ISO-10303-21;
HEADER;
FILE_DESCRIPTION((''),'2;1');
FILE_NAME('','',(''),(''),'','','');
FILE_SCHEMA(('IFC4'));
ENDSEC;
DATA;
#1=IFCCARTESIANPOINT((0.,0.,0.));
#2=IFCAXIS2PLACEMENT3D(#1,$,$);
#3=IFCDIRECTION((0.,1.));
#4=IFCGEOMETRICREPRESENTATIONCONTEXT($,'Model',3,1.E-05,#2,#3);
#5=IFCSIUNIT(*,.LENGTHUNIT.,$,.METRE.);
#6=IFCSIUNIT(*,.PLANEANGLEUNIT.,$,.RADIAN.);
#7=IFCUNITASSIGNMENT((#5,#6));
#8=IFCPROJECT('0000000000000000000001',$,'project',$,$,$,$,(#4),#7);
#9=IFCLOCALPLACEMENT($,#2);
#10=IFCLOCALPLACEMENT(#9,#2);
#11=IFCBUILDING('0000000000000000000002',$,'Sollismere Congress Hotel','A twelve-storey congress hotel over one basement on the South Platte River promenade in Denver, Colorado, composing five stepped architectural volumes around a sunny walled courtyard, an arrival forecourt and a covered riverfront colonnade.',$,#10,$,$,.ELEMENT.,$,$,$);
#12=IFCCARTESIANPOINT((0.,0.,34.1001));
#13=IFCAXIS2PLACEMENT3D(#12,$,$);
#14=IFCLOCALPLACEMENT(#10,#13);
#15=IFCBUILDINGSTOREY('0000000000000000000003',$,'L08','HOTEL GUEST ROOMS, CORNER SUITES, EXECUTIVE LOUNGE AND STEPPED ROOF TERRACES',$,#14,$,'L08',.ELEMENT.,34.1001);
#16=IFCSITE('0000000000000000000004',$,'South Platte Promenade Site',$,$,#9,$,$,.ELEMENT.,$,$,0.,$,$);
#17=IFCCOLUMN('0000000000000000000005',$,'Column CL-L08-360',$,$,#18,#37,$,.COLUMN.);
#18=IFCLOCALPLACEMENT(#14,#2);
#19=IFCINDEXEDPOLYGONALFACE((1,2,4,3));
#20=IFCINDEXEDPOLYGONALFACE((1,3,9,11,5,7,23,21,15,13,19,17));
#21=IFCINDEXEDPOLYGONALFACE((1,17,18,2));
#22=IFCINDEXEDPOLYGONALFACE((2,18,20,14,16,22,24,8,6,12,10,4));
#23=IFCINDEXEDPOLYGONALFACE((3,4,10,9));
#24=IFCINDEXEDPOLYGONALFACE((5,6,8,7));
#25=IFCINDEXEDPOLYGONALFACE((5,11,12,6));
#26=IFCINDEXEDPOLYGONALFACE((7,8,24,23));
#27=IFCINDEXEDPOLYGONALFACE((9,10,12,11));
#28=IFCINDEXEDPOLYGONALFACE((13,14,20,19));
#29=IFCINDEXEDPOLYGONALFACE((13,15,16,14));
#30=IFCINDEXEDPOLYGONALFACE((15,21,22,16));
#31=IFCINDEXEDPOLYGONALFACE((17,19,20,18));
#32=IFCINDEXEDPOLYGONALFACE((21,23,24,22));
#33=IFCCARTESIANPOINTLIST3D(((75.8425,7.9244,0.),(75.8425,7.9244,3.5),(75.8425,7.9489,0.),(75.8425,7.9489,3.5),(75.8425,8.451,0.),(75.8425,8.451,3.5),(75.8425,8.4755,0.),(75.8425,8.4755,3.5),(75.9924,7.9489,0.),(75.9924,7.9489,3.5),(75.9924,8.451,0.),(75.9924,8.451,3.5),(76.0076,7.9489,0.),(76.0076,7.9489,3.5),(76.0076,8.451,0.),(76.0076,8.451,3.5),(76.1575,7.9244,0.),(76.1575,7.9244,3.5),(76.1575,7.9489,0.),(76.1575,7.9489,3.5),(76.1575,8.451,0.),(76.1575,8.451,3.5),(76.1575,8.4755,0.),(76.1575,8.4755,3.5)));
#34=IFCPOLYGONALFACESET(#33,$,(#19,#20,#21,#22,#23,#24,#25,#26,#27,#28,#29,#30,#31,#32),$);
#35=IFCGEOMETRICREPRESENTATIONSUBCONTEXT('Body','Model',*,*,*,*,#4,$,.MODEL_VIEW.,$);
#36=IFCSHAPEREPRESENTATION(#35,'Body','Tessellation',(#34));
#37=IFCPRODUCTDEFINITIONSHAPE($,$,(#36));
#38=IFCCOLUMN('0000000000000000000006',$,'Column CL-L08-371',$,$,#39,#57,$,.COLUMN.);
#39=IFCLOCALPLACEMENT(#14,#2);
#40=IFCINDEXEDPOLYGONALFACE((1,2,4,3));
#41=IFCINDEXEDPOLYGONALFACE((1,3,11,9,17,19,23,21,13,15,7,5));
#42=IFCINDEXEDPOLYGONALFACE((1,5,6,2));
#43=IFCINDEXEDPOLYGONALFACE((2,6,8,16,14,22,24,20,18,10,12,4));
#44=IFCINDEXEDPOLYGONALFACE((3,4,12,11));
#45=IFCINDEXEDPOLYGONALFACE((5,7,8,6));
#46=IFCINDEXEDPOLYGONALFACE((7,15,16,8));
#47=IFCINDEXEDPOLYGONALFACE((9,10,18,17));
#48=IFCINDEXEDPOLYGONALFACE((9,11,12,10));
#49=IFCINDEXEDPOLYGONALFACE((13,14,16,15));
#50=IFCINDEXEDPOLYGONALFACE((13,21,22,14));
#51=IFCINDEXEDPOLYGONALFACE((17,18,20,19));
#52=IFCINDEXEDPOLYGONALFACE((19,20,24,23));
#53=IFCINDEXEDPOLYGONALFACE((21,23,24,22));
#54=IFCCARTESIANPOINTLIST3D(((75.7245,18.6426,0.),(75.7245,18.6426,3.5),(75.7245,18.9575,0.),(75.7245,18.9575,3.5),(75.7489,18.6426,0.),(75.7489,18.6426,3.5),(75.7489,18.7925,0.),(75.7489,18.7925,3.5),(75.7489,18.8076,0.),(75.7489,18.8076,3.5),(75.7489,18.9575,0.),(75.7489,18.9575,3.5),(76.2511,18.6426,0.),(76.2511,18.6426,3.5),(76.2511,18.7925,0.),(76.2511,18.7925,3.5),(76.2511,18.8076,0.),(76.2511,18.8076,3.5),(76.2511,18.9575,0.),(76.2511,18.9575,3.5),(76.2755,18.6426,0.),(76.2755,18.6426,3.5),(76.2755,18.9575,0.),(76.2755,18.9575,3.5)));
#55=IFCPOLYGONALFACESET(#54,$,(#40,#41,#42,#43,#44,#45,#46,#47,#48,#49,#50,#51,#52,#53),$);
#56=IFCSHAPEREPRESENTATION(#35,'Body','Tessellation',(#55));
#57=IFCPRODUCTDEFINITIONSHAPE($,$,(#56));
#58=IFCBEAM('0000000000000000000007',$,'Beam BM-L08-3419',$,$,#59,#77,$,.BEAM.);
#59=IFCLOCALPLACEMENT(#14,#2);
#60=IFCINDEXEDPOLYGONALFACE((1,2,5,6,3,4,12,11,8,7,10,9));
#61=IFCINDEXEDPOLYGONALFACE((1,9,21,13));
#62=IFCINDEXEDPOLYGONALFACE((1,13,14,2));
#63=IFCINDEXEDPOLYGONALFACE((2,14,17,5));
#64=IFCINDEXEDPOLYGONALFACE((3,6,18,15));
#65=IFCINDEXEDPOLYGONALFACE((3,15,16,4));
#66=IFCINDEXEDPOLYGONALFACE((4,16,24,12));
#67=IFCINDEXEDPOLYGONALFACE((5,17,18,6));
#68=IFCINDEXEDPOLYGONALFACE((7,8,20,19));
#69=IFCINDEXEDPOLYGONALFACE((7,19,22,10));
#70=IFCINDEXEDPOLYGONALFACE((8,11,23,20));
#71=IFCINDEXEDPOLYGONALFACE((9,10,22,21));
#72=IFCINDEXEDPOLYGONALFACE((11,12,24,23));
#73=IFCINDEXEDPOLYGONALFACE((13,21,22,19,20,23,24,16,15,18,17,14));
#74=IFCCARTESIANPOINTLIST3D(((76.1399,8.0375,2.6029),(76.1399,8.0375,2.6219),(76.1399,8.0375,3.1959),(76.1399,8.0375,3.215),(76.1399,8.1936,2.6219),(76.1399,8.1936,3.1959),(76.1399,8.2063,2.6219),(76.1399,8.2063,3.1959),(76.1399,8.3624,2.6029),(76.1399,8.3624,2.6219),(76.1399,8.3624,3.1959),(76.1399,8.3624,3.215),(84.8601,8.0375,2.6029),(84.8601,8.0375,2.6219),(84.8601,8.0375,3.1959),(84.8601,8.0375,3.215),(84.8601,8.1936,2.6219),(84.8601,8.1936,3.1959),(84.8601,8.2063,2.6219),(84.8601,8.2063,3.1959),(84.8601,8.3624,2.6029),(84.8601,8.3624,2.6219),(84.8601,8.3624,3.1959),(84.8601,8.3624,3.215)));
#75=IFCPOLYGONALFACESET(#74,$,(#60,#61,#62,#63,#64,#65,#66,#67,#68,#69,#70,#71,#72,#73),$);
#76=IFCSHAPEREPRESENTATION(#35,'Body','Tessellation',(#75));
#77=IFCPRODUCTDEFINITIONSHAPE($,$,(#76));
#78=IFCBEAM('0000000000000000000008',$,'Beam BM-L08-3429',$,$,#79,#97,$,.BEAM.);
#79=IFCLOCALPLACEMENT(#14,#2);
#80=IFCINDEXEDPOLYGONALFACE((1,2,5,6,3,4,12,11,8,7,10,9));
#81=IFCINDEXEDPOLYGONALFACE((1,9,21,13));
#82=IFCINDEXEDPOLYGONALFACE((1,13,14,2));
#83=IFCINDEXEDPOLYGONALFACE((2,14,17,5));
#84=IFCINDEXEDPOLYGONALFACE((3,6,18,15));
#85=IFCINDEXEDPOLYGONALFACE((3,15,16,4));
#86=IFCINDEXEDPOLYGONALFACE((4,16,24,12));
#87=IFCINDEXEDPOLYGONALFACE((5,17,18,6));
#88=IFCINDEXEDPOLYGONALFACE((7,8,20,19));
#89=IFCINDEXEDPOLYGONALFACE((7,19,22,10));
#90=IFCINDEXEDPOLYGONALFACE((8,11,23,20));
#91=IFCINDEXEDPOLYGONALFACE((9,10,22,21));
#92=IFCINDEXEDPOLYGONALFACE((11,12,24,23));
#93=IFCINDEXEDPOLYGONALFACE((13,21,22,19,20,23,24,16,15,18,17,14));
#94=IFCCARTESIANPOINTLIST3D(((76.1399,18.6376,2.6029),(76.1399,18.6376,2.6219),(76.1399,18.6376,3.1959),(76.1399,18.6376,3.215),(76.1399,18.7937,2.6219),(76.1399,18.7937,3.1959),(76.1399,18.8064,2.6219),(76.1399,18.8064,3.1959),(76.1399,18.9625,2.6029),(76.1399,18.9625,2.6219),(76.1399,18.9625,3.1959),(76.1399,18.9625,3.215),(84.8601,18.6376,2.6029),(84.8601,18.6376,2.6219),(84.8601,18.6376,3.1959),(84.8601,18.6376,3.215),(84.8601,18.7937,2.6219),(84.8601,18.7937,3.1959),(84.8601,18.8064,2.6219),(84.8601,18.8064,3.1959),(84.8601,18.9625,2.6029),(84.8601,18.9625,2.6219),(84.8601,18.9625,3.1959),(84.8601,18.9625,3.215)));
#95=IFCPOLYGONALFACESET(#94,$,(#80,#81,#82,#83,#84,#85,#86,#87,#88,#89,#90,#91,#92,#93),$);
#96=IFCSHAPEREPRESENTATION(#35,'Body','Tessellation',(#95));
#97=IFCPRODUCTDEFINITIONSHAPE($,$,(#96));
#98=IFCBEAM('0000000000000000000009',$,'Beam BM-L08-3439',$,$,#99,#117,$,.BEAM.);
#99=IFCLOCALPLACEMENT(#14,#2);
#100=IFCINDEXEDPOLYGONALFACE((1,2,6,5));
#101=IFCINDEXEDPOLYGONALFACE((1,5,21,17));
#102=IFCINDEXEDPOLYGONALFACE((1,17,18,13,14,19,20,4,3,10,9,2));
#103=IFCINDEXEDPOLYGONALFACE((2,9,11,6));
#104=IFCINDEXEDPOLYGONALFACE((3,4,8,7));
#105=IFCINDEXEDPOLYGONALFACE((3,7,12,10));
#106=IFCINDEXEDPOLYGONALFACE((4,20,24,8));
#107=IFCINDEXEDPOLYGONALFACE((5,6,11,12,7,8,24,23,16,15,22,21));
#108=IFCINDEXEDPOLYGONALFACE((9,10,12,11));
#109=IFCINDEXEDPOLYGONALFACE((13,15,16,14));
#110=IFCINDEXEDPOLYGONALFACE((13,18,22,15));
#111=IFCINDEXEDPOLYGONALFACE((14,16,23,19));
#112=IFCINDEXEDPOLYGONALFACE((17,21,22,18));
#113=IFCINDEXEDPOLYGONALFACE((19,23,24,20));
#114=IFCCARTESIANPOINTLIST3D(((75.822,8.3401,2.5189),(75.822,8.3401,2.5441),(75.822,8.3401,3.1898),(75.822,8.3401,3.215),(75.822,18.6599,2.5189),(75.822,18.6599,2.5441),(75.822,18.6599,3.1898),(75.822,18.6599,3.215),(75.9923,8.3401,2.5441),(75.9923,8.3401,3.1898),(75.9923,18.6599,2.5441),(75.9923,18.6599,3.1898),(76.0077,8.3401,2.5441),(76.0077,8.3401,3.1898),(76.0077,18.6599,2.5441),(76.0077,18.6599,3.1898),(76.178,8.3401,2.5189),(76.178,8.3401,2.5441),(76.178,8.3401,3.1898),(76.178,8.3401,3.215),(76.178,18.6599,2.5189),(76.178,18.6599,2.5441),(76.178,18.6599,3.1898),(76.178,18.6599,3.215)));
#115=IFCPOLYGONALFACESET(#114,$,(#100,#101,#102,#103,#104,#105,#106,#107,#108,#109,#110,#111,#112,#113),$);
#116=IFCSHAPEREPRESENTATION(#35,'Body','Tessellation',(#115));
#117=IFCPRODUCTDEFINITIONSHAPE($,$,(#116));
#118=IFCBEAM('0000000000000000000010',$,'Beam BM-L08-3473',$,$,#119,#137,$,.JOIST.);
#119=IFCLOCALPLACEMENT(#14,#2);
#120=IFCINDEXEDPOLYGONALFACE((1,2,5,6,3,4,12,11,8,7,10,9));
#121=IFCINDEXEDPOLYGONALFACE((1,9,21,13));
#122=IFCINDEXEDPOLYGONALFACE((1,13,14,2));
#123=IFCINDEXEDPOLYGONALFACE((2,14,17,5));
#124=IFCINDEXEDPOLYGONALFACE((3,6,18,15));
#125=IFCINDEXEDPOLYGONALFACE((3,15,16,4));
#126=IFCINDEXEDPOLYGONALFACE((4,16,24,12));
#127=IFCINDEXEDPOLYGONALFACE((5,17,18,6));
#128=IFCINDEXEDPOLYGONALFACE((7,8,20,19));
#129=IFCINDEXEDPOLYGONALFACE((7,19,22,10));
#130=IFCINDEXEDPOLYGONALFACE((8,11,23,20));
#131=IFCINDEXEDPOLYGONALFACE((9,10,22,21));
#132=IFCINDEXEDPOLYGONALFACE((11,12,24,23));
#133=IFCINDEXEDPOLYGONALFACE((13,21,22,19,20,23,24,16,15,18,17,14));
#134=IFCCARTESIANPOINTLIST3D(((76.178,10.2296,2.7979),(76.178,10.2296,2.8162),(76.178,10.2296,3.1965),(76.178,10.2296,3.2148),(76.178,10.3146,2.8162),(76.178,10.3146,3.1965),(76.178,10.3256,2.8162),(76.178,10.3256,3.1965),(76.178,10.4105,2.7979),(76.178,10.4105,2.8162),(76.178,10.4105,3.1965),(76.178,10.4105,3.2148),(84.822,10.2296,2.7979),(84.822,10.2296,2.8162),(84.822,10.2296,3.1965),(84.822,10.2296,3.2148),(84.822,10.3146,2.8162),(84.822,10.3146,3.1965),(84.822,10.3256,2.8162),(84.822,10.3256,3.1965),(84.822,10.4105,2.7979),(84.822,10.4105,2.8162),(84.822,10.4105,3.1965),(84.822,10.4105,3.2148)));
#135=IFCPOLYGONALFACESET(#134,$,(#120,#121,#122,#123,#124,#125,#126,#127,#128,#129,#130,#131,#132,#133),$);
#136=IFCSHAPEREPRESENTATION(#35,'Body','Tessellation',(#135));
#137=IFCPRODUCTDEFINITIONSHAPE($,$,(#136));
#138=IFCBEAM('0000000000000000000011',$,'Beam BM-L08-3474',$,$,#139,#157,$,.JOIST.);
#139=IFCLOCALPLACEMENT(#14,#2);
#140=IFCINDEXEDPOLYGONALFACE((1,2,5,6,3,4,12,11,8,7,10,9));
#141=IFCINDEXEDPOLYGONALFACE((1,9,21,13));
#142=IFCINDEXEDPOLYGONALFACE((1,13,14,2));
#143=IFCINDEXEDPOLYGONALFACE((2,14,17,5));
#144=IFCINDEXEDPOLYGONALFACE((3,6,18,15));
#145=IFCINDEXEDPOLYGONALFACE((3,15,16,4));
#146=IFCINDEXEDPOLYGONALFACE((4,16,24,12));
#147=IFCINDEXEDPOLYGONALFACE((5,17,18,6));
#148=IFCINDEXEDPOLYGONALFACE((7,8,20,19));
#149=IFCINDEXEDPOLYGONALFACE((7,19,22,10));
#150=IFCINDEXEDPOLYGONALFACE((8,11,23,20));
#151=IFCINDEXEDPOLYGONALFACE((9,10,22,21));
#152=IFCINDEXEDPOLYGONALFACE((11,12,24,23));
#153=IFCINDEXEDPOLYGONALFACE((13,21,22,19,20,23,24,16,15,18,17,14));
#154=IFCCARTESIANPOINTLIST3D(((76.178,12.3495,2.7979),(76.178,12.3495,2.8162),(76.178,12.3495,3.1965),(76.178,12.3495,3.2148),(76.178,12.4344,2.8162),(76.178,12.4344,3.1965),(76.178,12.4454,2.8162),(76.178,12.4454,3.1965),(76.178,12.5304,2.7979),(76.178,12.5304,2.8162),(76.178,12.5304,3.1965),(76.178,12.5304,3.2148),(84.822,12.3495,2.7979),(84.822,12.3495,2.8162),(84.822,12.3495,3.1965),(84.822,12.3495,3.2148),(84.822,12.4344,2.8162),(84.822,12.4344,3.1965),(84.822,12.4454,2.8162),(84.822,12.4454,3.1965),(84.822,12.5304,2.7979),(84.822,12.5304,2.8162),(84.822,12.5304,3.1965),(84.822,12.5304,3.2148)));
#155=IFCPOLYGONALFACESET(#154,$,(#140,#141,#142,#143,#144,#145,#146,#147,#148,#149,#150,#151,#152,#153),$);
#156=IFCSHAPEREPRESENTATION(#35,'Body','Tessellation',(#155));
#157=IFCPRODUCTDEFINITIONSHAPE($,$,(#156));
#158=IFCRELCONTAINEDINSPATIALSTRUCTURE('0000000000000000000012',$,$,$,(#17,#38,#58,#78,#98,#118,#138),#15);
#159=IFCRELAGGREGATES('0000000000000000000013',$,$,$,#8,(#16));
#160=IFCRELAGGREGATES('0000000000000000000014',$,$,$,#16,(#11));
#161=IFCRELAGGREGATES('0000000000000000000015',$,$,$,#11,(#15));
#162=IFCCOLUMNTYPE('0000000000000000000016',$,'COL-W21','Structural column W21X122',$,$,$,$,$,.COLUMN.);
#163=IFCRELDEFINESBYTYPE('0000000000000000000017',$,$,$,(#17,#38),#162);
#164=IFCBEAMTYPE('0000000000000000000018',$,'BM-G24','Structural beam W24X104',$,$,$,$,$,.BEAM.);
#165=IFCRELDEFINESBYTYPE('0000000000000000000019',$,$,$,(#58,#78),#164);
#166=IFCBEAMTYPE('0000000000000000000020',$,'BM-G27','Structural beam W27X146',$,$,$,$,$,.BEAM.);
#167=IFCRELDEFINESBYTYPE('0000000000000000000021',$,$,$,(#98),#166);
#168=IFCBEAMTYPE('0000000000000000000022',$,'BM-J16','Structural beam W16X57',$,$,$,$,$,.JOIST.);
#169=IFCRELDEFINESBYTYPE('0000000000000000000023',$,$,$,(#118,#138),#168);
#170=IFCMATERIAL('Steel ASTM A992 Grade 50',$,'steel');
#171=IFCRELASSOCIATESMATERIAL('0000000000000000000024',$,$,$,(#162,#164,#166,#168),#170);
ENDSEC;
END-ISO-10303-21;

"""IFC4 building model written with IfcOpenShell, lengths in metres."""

from ifc_helpers import new_model, si_unit, direction, frame, origin, origin_2d, place, context, subcontext, project, spatial, i_section, extrude, material, material_profile, profile_set, type_object, element, save


model = new_model("IFC4")

# Units and contexts
model_context = context("Model", 3, precision=1e-05, world=origin(), true_north=direction((0.0, 1.0)))
body_context = subcontext(model_context, "Body", "Model", "MODEL_VIEW")
ifc_project = project(units=[si_unit("LENGTHUNIT", "METRE"), si_unit("PLANEANGLEUNIT", "RADIAN")], contexts=[model_context])

# Site, building, storey
site_placement = place(None, origin())
site = spatial("IfcSite", under=ifc_project, at=site_placement, Name="South Platte Promenade Site", CompositionType="ELEMENT", RefElevation=0.0)
building_placement = place(site_placement, origin())
building = spatial("IfcBuilding", under=site, at=building_placement, Name="Sollismere Congress Hotel", Description="A twelve-storey congress hotel over one basement on the South Platte River promenade in Denver, Colorado, composing five stepped architectural volumes around a sunny walled courtyard, an arrival forecourt and a covered riverfront colonnade.", CompositionType="ELEMENT")
storey_placement = place(building_placement, frame((0.0, 0.0, 34.1001)))
storey = spatial("IfcBuildingStorey", under=building, at=storey_placement, Name="L08", Description="HOTEL GUEST ROOMS, CORNER SUITES, EXECUTIVE LOUNGE AND STEPPED ROOF TERRACES", LongName="L08", CompositionType="ELEMENT", Elevation=34.1001)

# Columns
ifc_material_1 = material(Name="Steel ASTM A992 Grade 50", Category="steel")
ifc_material_profile_1 = material_profile(ifc_material_1, i_section(OverallWidth=0.3149, OverallDepth=0.551, WebThickness=0.0151, FlangeThickness=0.0244, at=origin_2d()), Name="W21X122")
ifc_profile_set_1 = profile_set([ifc_material_profile_1], Name="Steel ASTM A992 Grade 50")
column_type = type_object("IfcColumnType", Name="COL-W21", Description="Structural column W21X122", PredefinedType="COLUMN", material=ifc_profile_set_1)
for number, where, z_axis, x_axis, name in (
    (1, (76.0, 8.2, 0.0), (0.0, 0.0, 1.0), (1.0, 0.0, 0.0), "Column CL-L08-360"),
    (2, (76.0, 18.8, 0.0), (0.0, 0.0, 1.0), (0.0, 1.0, 0.0), "Column CL-L08-371"),
):
    element("IfcColumn", number, at=place(storey_placement, frame(where, z_axis=z_axis, x_axis=x_axis)), inside=storey, type_object=column_type, Name=name, PredefinedType="COLUMN", context=body_context, shape_type="SweptSolid", body=[
        extrude(i_section(OverallWidth=0.3149, OverallDepth=0.551, WebThickness=0.0151, FlangeThickness=0.0244, at=origin_2d()), origin(), (0.0, 0.0, 1.0), 3.5),
    ])

# Beams
ifc_material_profile_2 = material_profile(ifc_material_1, i_section(OverallWidth=0.325, OverallDepth=0.6121, WebThickness=0.0127, FlangeThickness=0.019, at=origin_2d()), Name="W24X104")
ifc_profile_set_2 = profile_set([ifc_material_profile_2], Name="Steel ASTM A992 Grade 50")
beam_type_1 = type_object("IfcBeamType", Name="BM-G24", Description="Structural beam W24X104", PredefinedType="BEAM", material=ifc_profile_set_2)
for number, where, z_axis, x_axis, name in (
    (3, (76.1399, 8.2, 2.9089), (1.0, 0.0, 0.0), (0.0, 1.0, 0.0), "Beam BM-L08-3419"),
    (4, (76.1399, 18.8, 2.9089), (1.0, 0.0, 0.0), (0.0, 1.0, 0.0), "Beam BM-L08-3429"),
):
    element("IfcBeam", number, at=place(storey_placement, frame(where, z_axis=z_axis, x_axis=x_axis)), inside=storey, type_object=beam_type_1, Name=name, PredefinedType="BEAM", context=body_context, shape_type="SweptSolid", body=[
        extrude(i_section(OverallWidth=0.325, OverallDepth=0.6121, WebThickness=0.0127, FlangeThickness=0.019, at=origin_2d()), origin(), (0.0, 0.0, 1.0), 8.7202),
    ])
ifc_material_profile_3 = material_profile(ifc_material_1, i_section(OverallWidth=0.356, OverallDepth=0.696, WebThickness=0.0154, FlangeThickness=0.0251, at=origin_2d()), Name="W27X146")
ifc_profile_set_3 = profile_set([ifc_material_profile_3], Name="Steel ASTM A992 Grade 50")
beam_type_2 = type_object("IfcBeamType", Name="BM-G27", Description="Structural beam W27X146", PredefinedType="BEAM", material=ifc_profile_set_3)
beam_placement = place(storey_placement, frame((76.0, 8.3401, 2.8669), z_axis=(0.0, 1.0, 0.0), x_axis=(-1.0, 0.0, 0.0)))
element("IfcBeam", 5, at=beam_placement, inside=storey, type_object=beam_type_2, Name="Beam BM-L08-3439", PredefinedType="BEAM", context=body_context, shape_type="SweptSolid", body=[
    extrude(i_section(OverallWidth=0.356, OverallDepth=0.696, WebThickness=0.0154, FlangeThickness=0.0251, at=origin_2d()), origin(), (0.0, 0.0, 1.0), 10.3198),
])
ifc_material_profile_4 = material_profile(ifc_material_1, i_section(OverallWidth=0.1809, OverallDepth=0.417, WebThickness=0.011, FlangeThickness=0.0183, at=origin_2d()), Name="W16X57")
ifc_profile_set_4 = profile_set([ifc_material_profile_4], Name="Steel ASTM A992 Grade 50")
beam_type_3 = type_object("IfcBeamType", Name="BM-J16", Description="Structural beam W16X57", PredefinedType="JOIST", material=ifc_profile_set_4)
for number, where, z_axis, x_axis, name in (
    (6, (76.178, 10.3201, 3.0063), (1.0, 0.0, 0.0), (0.0, 1.0, 0.0), "Beam BM-L08-3473"),
    (7, (76.178, 12.4399, 3.0063), (1.0, 0.0, 0.0), (0.0, 1.0, 0.0), "Beam BM-L08-3474"),
):
    element("IfcBeam", number, at=place(storey_placement, frame(where, z_axis=z_axis, x_axis=x_axis)), inside=storey, type_object=beam_type_3, Name=name, PredefinedType="JOIST", context=body_context, shape_type="SweptSolid", body=[
        extrude(i_section(OverallWidth=0.1809, OverallDepth=0.417, WebThickness=0.011, FlangeThickness=0.0183, at=origin_2d()), origin(), (0.0, 0.0, 1.0), 8.644),
    ])

save(model, "model.ifc")
